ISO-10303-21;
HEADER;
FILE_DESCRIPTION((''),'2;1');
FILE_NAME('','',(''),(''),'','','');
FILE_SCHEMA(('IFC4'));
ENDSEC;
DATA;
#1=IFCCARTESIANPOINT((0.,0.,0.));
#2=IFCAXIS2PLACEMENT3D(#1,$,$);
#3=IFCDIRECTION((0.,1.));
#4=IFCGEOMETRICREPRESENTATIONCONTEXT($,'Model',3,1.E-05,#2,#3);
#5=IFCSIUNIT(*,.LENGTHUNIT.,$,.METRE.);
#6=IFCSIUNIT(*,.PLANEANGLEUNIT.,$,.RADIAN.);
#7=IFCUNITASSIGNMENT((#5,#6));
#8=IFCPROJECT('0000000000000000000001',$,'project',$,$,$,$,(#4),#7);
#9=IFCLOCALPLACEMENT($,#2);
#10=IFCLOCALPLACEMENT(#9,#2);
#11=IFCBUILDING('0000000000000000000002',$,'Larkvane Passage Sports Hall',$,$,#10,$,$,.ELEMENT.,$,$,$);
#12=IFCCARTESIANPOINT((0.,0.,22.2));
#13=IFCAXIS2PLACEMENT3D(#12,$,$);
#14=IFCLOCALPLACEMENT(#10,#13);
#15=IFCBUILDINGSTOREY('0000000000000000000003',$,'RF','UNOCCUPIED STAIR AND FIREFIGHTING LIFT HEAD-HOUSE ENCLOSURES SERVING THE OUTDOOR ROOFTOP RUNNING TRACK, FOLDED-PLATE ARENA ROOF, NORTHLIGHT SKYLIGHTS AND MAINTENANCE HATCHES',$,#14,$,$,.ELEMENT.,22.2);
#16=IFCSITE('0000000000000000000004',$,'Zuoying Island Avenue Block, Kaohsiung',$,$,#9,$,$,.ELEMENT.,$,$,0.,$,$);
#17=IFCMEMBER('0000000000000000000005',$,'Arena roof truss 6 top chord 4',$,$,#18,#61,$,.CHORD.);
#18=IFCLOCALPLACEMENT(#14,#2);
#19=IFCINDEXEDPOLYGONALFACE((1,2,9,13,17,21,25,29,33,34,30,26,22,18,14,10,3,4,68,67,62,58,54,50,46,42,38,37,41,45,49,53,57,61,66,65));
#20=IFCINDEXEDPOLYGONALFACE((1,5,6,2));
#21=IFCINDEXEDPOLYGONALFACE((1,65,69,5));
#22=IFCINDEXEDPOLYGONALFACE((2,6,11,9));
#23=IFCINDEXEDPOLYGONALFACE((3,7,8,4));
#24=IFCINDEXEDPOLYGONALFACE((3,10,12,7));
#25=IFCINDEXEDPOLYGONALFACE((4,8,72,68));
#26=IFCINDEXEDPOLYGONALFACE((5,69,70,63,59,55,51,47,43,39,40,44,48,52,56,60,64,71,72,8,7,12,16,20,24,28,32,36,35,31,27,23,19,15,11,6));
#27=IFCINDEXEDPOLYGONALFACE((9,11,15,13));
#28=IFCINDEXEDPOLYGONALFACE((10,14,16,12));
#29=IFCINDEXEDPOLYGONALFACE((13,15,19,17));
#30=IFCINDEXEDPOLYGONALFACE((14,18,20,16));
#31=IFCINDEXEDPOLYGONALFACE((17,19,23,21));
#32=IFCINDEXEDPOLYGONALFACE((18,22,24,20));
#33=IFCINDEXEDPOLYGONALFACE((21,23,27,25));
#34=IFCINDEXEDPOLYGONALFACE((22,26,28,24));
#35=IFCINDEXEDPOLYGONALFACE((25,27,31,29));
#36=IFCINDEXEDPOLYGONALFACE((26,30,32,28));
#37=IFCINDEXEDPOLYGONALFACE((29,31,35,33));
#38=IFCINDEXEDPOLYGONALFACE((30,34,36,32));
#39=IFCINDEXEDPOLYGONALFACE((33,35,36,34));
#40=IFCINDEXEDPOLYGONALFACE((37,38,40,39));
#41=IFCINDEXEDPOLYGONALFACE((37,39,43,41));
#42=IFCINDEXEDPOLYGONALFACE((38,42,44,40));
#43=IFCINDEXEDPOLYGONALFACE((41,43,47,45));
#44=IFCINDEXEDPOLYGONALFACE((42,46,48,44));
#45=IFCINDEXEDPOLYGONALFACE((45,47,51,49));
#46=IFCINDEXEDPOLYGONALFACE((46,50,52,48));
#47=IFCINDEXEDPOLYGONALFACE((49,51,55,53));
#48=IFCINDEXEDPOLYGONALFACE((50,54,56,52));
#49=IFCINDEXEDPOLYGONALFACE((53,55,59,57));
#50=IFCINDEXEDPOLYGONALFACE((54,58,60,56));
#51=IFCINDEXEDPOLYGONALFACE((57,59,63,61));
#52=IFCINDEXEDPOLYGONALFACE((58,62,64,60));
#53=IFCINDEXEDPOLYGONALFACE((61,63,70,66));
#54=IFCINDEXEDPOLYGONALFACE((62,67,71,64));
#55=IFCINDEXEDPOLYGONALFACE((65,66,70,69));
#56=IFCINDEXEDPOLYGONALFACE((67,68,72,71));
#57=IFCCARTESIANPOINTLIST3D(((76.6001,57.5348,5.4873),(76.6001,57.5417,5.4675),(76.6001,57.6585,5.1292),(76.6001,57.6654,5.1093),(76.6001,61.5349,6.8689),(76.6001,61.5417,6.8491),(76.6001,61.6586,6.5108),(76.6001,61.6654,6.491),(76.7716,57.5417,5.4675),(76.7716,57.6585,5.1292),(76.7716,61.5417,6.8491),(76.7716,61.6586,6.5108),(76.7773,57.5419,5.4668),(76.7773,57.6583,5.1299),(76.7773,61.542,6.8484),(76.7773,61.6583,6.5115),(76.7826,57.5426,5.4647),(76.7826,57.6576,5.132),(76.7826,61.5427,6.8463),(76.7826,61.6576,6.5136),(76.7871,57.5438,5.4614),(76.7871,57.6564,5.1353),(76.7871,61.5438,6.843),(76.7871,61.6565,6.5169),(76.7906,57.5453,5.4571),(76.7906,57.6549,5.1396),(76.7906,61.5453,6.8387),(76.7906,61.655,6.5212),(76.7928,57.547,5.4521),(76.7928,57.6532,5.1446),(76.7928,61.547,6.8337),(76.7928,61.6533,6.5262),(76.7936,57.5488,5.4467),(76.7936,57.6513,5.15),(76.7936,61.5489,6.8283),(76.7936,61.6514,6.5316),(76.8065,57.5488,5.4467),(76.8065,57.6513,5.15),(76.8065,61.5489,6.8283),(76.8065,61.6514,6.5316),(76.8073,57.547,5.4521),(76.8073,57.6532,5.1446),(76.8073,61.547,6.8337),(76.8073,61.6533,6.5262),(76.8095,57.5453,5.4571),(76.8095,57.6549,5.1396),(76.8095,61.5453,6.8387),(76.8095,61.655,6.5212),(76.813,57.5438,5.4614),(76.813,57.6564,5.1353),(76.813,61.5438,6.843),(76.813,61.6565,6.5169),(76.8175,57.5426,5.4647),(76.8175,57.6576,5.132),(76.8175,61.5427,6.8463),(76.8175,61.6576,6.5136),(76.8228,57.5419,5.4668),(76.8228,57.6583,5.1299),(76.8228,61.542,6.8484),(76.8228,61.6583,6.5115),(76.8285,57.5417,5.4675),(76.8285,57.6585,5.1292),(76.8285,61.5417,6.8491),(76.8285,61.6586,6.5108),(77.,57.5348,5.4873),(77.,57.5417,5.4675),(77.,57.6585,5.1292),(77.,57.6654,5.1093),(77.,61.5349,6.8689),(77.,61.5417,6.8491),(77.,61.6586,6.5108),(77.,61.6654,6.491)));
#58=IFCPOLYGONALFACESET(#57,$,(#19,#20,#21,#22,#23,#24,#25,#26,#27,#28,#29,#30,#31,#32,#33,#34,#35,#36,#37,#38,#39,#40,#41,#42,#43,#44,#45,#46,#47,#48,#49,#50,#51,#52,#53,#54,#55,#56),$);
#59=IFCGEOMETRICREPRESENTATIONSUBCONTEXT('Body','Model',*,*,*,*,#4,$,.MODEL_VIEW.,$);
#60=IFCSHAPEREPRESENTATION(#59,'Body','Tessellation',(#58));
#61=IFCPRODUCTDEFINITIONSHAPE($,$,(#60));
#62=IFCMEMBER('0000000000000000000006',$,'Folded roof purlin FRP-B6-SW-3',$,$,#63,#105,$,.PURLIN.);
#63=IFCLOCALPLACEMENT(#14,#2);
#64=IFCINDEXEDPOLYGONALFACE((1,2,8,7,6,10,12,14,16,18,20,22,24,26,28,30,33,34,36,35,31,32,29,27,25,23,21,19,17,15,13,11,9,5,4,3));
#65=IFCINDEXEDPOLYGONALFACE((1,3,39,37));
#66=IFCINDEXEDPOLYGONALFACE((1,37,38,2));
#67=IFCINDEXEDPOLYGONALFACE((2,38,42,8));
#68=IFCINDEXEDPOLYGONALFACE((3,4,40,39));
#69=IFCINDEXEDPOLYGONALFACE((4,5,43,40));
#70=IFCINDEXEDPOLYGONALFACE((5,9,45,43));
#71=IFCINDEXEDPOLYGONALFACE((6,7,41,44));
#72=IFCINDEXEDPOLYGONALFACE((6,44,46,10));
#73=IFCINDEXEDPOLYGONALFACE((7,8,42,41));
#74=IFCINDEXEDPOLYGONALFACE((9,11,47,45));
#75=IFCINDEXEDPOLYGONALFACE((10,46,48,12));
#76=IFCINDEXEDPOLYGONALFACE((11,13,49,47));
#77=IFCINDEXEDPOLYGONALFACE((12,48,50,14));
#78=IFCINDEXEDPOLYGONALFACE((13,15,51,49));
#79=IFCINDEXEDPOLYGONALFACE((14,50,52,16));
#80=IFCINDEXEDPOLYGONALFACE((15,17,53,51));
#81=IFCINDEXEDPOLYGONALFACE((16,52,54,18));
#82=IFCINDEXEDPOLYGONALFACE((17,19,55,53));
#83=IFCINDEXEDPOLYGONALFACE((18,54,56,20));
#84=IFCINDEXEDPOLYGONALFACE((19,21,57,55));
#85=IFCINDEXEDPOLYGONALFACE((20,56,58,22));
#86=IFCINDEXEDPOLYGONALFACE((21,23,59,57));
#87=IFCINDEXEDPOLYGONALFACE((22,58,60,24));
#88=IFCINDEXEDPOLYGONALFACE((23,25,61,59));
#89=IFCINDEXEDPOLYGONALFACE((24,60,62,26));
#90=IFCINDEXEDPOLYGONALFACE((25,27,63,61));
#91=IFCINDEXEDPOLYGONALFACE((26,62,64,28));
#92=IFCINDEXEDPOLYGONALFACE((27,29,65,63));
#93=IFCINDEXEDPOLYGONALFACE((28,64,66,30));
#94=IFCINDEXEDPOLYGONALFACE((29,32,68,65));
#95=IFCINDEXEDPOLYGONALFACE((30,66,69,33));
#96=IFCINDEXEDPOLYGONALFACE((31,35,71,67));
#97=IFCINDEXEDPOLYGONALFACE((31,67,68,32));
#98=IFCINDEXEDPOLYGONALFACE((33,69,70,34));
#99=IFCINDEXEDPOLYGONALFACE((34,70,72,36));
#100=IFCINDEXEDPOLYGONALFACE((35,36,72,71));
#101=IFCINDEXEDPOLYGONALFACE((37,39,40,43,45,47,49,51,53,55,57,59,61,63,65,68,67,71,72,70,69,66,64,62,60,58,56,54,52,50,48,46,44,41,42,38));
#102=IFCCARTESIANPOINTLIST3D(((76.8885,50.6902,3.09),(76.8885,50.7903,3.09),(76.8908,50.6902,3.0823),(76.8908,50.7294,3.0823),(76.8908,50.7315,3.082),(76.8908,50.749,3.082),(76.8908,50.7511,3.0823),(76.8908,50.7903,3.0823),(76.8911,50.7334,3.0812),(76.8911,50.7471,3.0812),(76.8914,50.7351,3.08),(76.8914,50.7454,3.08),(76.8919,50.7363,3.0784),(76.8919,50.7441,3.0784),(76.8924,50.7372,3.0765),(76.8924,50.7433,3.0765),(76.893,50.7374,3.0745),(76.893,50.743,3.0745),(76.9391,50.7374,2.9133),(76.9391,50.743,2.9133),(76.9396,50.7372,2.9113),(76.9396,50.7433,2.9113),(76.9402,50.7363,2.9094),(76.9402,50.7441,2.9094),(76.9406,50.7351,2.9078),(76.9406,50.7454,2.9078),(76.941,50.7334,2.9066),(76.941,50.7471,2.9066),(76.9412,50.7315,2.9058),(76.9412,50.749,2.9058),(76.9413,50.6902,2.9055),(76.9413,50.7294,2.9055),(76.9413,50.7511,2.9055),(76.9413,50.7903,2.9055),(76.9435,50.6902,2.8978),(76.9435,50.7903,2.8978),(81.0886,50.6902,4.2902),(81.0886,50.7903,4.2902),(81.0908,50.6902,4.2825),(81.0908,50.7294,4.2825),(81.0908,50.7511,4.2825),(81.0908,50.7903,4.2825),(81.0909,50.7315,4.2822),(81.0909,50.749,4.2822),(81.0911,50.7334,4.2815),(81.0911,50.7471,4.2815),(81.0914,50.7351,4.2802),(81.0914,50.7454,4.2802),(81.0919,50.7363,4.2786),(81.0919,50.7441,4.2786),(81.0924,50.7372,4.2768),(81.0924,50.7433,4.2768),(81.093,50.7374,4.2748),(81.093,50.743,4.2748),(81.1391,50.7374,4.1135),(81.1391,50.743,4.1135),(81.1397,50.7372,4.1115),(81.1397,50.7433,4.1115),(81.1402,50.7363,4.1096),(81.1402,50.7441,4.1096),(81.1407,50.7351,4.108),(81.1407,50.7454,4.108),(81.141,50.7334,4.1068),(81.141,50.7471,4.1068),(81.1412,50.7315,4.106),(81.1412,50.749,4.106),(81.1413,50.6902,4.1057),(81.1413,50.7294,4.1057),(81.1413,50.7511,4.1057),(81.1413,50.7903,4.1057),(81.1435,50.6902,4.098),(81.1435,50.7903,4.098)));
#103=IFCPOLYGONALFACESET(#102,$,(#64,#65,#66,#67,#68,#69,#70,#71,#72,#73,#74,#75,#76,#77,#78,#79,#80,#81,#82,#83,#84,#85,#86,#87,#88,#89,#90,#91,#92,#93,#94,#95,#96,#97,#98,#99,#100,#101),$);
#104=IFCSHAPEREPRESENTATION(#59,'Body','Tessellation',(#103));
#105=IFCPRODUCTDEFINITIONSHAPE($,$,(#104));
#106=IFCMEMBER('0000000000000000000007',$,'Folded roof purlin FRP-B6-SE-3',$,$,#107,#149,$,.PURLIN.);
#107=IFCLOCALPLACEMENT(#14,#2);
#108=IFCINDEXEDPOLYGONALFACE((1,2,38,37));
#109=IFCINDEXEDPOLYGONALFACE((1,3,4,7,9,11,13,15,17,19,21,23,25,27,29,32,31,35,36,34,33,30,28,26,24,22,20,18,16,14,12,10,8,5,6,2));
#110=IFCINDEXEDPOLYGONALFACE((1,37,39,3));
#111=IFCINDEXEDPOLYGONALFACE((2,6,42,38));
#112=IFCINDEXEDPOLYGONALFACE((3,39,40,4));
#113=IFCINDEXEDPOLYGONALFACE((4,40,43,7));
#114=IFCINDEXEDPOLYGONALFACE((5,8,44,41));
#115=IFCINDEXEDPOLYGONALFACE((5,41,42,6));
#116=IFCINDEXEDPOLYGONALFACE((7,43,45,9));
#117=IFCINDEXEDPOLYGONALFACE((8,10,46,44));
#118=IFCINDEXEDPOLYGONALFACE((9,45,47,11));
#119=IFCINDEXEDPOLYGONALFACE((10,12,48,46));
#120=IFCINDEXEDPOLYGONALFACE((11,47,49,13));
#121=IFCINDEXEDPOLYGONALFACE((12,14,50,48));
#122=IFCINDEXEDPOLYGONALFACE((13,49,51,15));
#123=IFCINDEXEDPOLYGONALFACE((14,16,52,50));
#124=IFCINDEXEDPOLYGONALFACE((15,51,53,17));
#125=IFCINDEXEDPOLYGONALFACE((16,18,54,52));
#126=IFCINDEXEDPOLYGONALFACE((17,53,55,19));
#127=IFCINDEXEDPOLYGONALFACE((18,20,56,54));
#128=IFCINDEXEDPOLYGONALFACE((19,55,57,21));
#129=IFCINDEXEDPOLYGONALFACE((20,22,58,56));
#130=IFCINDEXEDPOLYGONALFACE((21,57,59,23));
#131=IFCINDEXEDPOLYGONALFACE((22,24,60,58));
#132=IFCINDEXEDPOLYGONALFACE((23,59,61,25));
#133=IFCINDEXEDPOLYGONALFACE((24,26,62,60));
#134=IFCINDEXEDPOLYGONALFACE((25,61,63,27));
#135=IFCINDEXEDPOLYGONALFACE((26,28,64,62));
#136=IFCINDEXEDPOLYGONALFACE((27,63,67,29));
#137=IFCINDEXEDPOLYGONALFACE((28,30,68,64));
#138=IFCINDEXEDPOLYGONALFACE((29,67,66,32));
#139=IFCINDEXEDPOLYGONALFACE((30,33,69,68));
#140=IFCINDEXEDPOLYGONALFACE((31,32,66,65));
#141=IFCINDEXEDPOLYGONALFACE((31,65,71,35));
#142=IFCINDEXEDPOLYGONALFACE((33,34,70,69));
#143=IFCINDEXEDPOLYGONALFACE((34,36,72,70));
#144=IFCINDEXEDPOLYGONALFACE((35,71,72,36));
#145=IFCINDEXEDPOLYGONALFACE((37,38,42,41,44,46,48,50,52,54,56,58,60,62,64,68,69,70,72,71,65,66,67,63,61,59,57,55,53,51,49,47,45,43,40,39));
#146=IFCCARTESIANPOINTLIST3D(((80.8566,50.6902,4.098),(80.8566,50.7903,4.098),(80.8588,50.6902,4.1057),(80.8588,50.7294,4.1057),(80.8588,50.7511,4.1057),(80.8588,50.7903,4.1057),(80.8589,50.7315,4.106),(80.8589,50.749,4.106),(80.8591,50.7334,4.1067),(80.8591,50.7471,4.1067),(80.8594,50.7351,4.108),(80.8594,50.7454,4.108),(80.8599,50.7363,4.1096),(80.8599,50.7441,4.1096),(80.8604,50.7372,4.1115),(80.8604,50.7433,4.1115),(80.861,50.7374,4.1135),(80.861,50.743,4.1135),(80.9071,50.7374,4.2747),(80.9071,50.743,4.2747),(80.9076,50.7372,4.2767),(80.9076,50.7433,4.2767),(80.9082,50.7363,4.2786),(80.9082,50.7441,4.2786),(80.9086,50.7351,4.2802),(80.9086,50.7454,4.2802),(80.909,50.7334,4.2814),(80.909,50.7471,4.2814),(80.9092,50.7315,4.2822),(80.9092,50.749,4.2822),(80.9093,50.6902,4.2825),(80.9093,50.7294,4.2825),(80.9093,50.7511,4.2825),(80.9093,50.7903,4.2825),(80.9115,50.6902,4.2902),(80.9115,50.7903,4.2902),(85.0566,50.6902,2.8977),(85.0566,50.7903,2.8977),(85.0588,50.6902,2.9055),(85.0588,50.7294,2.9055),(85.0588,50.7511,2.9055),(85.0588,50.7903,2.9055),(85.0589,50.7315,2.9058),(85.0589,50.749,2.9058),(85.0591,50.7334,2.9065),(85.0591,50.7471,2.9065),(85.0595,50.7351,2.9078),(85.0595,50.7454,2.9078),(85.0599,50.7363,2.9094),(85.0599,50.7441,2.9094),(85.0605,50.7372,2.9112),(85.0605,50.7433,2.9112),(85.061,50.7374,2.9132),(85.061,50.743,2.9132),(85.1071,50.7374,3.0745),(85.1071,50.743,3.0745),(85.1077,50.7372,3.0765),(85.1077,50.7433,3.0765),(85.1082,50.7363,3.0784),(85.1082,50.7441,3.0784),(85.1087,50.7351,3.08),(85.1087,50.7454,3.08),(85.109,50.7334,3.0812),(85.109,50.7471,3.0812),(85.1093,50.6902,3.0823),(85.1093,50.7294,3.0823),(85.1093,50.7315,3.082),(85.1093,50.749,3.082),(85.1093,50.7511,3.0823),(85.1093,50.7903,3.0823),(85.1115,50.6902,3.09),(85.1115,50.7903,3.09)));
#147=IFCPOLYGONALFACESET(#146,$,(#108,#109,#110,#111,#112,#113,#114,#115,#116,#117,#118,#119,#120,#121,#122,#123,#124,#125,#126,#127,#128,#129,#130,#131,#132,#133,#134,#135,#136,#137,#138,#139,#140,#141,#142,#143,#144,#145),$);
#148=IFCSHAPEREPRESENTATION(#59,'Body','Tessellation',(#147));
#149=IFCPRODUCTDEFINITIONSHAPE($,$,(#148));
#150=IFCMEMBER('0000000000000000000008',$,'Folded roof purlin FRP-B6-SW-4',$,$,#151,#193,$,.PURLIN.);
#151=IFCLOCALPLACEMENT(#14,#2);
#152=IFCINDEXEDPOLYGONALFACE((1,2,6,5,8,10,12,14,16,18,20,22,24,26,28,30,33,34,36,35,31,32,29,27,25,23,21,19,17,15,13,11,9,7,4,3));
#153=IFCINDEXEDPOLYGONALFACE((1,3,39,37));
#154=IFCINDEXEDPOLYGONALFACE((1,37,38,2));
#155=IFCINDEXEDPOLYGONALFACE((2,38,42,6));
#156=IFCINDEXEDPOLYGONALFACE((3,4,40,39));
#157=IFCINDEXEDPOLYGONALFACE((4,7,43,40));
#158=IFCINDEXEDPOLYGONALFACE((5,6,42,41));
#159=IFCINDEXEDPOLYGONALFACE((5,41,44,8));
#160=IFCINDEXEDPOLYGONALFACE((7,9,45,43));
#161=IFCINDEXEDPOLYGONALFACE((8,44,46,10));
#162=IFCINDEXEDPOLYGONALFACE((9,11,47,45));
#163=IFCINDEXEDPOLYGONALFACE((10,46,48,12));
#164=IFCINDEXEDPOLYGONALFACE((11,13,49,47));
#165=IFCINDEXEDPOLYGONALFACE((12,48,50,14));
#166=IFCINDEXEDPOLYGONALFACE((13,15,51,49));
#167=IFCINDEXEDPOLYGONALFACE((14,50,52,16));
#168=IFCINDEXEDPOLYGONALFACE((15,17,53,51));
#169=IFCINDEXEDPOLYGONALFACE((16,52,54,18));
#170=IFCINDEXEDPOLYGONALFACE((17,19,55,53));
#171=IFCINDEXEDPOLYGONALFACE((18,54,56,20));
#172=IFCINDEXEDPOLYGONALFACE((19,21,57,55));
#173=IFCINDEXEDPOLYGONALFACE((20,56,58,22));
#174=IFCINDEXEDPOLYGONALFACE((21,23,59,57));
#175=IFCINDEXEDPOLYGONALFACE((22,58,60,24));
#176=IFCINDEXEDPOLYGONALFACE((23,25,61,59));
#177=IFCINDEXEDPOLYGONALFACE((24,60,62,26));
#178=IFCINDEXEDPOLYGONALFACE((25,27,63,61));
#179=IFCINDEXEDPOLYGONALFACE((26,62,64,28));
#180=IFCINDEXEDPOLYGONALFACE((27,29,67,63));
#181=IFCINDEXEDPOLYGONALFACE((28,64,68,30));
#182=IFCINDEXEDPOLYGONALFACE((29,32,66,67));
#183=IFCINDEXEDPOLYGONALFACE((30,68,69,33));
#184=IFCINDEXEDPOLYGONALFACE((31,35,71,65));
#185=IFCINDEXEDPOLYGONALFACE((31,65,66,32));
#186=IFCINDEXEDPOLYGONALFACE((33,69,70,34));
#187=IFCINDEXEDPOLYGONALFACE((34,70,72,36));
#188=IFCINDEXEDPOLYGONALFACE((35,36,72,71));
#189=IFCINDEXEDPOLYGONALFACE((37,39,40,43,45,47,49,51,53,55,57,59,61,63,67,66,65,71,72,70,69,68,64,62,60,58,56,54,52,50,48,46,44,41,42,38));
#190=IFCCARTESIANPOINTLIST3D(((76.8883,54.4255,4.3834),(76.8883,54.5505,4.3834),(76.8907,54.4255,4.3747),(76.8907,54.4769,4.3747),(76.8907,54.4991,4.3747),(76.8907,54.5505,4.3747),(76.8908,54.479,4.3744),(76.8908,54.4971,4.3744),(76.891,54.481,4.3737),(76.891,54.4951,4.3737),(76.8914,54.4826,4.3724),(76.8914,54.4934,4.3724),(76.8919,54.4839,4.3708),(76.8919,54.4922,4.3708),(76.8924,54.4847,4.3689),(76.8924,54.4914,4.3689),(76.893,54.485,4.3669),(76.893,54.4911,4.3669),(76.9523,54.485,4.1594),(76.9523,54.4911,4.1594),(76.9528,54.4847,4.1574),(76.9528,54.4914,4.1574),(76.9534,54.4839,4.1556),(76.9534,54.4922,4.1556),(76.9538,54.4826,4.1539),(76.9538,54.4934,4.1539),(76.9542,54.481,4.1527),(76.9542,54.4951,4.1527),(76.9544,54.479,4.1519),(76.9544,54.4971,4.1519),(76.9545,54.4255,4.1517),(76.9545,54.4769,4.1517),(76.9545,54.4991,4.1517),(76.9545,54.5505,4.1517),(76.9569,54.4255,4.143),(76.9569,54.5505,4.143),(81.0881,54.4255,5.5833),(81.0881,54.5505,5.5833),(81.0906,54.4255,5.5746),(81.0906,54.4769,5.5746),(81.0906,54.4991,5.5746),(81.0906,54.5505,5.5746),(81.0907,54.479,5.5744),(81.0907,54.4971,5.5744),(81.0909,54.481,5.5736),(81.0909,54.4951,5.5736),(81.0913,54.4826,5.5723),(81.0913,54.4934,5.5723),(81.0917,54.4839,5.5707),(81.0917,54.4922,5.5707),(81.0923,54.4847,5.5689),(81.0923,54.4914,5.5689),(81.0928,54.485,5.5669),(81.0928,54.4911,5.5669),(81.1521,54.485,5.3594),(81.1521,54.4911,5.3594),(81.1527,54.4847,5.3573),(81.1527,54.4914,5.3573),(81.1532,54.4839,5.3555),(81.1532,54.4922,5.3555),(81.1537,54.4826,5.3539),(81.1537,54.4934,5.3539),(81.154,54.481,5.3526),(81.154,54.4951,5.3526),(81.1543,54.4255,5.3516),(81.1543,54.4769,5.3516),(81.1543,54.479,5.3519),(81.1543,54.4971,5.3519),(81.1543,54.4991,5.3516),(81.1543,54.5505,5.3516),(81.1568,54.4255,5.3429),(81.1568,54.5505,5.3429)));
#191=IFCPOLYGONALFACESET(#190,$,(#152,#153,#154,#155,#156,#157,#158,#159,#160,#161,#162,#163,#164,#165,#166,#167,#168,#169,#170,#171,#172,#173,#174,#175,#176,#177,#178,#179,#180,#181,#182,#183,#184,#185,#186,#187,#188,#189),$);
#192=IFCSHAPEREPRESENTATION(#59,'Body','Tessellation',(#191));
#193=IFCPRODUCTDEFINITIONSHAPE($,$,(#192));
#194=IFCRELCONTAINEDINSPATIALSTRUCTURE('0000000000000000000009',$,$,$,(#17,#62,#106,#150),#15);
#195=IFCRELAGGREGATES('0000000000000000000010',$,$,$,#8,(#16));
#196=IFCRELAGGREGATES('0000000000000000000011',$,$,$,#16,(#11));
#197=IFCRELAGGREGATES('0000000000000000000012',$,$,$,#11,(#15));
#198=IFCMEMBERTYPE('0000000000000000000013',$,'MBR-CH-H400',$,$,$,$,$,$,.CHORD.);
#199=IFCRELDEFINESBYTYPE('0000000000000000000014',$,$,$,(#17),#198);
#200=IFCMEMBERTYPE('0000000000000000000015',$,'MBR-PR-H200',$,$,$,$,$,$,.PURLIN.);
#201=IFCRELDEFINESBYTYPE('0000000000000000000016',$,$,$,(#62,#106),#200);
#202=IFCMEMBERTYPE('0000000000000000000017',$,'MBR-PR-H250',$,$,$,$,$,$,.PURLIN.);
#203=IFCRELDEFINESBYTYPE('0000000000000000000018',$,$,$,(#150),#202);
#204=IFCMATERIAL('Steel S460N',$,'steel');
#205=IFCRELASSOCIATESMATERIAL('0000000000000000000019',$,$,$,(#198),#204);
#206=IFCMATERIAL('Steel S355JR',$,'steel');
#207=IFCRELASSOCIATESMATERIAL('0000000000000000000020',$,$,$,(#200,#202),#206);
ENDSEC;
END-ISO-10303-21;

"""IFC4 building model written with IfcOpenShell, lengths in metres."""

from ifc_helpers import new_model, si_unit, direction, frame, origin, origin_2d, place, context, subcontext, project, spatial, i_section, extrude, material, material_profile, profile_set, type_object, element, save


model = new_model("IFC4")

# Units and contexts
model_context = context("Model", 3, precision=1e-05, world=origin(), true_north=direction((0.0, 1.0)))
body_context = subcontext(model_context, "Body", "Model", "MODEL_VIEW")
ifc_project = project(units=[si_unit("LENGTHUNIT", "METRE"), si_unit("PLANEANGLEUNIT", "RADIAN")], contexts=[model_context])

# Site, building, storey
site_placement = place(None, origin())
site = spatial("IfcSite", under=ifc_project, at=site_placement, Name="Zuoying Island Avenue Block, Kaohsiung", CompositionType="ELEMENT", RefElevation=0.0)
building_placement = place(site_placement, origin())
building = spatial("IfcBuilding", under=site, at=building_placement, Name="Larkvane Passage Sports Hall", CompositionType="ELEMENT")
storey_placement = place(building_placement, frame((0.0, 0.0, 22.2)))
storey = spatial("IfcBuildingStorey", under=building, at=storey_placement, Name="RF", Description="UNOCCUPIED STAIR AND FIREFIGHTING LIFT HEAD-HOUSE ENCLOSURES SERVING THE OUTDOOR ROOFTOP RUNNING TRACK, FOLDED-PLATE ARENA ROOF, NORTHLIGHT SKYLIGHTS AND MAINTENANCE HATCHES", CompositionType="ELEMENT", Elevation=22.2)

# Members
ifc_material_1 = material(Name="Steel S460N", Category="steel")
ifc_material_profile_1 = material_profile(ifc_material_1, i_section(OverallWidth=0.3999, OverallDepth=0.3999, WebThickness=0.0129, FlangeThickness=0.021, FilletRadius=0.022, at=origin_2d()), Name="H-400x400x13x21")
ifc_profile_set_1 = profile_set([ifc_material_profile_1], Name="Steel S460N")
member_type_1 = type_object("IfcMemberType", Name="MBR-CH-H400", PredefinedType="CHORD", material=ifc_profile_set_1)
member_1_placement = place(storey_placement, frame((76.8, 57.6001, 5.2983), z_axis=(0.0, 0.945207, 0.326472), x_axis=(-1.0, 0.0, 0.0)))
element("IfcMember", 1, at=member_1_placement, inside=storey, type_object=member_type_1, Name="Arena roof truss 6 top chord 4", PredefinedType="CHORD", context=body_context, shape_type="SweptSolid", body=[
    extrude(i_section(OverallWidth=0.3999, OverallDepth=0.3999, WebThickness=0.0129, FlangeThickness=0.021, FilletRadius=0.022, at=origin_2d()), origin(), (0.0, 0.0, 1.0), 4.2319),
])
ifc_material_2 = material(Name="Steel S355JR", Category="steel")
ifc_material_profile_2 = material_profile(ifc_material_2, i_section(OverallWidth=0.1001, OverallDepth=0.2, WebThickness=0.0056, FlangeThickness=0.0081, FilletRadius=0.0081, at=origin_2d()), Name="H-200x100x5.5x8")
ifc_profile_set_2 = profile_set([ifc_material_profile_2], Name="Steel S355JR")
member_type_2 = type_object("IfcMemberType", Name="MBR-PR-H200", PredefinedType="PURLIN", material=ifc_profile_set_2)
for number, where, z_axis, x_axis, name in (
    (2, (76.916, 50.7402, 2.9939), (0.961511, 0.0, 0.274765), (0.0, 1.0, 0.0), "Folded roof purlin FRP-B6-SW-3"),
    (3, (80.884, 50.7402, 4.1941), (0.961511, 0.0, -0.274765), (0.0, 1.0, 0.0), "Folded roof purlin FRP-B6-SE-3"),
):
    element("IfcMember", number, at=place(storey_placement, frame(where, z_axis=z_axis, x_axis=x_axis)), inside=storey, type_object=member_type_2, Name=name, PredefinedType="PURLIN", context=body_context, shape_type="SweptSolid", body=[
        extrude(i_section(OverallWidth=0.1001, OverallDepth=0.2, WebThickness=0.0056, FlangeThickness=0.0081, FilletRadius=0.0081, at=origin_2d()), origin(), (0.0, 0.0, 1.0), 4.3682),
    ])
ifc_material_profile_3 = material_profile(ifc_material_2, i_section(OverallWidth=0.125, OverallDepth=0.25, WebThickness=0.0061, FlangeThickness=0.009, FilletRadius=0.0081, at=origin_2d()), Name="H-250x125x6x9")
ifc_profile_set_3 = profile_set([ifc_material_profile_3], Name="Steel S355JR")
member_type_3 = type_object("IfcMemberType", Name="MBR-PR-H250", PredefinedType="PURLIN", material=ifc_profile_set_3)
for number, where, z_axis, x_axis, name in (
    (4, (76.9226, 54.488, 4.2632), (0.961526, 0.0, 0.274714), (0.0, 1.0, 0.0), "Folded roof purlin FRP-B6-SW-4"),
):
    element("IfcMember", number, at=place(storey_placement, frame(where, z_axis=z_axis, x_axis=x_axis)), inside=storey, type_object=member_type_3, Name=name, PredefinedType="PURLIN", context=body_context, shape_type="SweptSolid", body=[
        extrude(i_section(OverallWidth=0.125, OverallDepth=0.25, WebThickness=0.0061, FlangeThickness=0.009, FilletRadius=0.0081, at=origin_2d()), origin(), (0.0, 0.0, 1.0), 4.3679),
    ])

save(model, "model.ifc")
